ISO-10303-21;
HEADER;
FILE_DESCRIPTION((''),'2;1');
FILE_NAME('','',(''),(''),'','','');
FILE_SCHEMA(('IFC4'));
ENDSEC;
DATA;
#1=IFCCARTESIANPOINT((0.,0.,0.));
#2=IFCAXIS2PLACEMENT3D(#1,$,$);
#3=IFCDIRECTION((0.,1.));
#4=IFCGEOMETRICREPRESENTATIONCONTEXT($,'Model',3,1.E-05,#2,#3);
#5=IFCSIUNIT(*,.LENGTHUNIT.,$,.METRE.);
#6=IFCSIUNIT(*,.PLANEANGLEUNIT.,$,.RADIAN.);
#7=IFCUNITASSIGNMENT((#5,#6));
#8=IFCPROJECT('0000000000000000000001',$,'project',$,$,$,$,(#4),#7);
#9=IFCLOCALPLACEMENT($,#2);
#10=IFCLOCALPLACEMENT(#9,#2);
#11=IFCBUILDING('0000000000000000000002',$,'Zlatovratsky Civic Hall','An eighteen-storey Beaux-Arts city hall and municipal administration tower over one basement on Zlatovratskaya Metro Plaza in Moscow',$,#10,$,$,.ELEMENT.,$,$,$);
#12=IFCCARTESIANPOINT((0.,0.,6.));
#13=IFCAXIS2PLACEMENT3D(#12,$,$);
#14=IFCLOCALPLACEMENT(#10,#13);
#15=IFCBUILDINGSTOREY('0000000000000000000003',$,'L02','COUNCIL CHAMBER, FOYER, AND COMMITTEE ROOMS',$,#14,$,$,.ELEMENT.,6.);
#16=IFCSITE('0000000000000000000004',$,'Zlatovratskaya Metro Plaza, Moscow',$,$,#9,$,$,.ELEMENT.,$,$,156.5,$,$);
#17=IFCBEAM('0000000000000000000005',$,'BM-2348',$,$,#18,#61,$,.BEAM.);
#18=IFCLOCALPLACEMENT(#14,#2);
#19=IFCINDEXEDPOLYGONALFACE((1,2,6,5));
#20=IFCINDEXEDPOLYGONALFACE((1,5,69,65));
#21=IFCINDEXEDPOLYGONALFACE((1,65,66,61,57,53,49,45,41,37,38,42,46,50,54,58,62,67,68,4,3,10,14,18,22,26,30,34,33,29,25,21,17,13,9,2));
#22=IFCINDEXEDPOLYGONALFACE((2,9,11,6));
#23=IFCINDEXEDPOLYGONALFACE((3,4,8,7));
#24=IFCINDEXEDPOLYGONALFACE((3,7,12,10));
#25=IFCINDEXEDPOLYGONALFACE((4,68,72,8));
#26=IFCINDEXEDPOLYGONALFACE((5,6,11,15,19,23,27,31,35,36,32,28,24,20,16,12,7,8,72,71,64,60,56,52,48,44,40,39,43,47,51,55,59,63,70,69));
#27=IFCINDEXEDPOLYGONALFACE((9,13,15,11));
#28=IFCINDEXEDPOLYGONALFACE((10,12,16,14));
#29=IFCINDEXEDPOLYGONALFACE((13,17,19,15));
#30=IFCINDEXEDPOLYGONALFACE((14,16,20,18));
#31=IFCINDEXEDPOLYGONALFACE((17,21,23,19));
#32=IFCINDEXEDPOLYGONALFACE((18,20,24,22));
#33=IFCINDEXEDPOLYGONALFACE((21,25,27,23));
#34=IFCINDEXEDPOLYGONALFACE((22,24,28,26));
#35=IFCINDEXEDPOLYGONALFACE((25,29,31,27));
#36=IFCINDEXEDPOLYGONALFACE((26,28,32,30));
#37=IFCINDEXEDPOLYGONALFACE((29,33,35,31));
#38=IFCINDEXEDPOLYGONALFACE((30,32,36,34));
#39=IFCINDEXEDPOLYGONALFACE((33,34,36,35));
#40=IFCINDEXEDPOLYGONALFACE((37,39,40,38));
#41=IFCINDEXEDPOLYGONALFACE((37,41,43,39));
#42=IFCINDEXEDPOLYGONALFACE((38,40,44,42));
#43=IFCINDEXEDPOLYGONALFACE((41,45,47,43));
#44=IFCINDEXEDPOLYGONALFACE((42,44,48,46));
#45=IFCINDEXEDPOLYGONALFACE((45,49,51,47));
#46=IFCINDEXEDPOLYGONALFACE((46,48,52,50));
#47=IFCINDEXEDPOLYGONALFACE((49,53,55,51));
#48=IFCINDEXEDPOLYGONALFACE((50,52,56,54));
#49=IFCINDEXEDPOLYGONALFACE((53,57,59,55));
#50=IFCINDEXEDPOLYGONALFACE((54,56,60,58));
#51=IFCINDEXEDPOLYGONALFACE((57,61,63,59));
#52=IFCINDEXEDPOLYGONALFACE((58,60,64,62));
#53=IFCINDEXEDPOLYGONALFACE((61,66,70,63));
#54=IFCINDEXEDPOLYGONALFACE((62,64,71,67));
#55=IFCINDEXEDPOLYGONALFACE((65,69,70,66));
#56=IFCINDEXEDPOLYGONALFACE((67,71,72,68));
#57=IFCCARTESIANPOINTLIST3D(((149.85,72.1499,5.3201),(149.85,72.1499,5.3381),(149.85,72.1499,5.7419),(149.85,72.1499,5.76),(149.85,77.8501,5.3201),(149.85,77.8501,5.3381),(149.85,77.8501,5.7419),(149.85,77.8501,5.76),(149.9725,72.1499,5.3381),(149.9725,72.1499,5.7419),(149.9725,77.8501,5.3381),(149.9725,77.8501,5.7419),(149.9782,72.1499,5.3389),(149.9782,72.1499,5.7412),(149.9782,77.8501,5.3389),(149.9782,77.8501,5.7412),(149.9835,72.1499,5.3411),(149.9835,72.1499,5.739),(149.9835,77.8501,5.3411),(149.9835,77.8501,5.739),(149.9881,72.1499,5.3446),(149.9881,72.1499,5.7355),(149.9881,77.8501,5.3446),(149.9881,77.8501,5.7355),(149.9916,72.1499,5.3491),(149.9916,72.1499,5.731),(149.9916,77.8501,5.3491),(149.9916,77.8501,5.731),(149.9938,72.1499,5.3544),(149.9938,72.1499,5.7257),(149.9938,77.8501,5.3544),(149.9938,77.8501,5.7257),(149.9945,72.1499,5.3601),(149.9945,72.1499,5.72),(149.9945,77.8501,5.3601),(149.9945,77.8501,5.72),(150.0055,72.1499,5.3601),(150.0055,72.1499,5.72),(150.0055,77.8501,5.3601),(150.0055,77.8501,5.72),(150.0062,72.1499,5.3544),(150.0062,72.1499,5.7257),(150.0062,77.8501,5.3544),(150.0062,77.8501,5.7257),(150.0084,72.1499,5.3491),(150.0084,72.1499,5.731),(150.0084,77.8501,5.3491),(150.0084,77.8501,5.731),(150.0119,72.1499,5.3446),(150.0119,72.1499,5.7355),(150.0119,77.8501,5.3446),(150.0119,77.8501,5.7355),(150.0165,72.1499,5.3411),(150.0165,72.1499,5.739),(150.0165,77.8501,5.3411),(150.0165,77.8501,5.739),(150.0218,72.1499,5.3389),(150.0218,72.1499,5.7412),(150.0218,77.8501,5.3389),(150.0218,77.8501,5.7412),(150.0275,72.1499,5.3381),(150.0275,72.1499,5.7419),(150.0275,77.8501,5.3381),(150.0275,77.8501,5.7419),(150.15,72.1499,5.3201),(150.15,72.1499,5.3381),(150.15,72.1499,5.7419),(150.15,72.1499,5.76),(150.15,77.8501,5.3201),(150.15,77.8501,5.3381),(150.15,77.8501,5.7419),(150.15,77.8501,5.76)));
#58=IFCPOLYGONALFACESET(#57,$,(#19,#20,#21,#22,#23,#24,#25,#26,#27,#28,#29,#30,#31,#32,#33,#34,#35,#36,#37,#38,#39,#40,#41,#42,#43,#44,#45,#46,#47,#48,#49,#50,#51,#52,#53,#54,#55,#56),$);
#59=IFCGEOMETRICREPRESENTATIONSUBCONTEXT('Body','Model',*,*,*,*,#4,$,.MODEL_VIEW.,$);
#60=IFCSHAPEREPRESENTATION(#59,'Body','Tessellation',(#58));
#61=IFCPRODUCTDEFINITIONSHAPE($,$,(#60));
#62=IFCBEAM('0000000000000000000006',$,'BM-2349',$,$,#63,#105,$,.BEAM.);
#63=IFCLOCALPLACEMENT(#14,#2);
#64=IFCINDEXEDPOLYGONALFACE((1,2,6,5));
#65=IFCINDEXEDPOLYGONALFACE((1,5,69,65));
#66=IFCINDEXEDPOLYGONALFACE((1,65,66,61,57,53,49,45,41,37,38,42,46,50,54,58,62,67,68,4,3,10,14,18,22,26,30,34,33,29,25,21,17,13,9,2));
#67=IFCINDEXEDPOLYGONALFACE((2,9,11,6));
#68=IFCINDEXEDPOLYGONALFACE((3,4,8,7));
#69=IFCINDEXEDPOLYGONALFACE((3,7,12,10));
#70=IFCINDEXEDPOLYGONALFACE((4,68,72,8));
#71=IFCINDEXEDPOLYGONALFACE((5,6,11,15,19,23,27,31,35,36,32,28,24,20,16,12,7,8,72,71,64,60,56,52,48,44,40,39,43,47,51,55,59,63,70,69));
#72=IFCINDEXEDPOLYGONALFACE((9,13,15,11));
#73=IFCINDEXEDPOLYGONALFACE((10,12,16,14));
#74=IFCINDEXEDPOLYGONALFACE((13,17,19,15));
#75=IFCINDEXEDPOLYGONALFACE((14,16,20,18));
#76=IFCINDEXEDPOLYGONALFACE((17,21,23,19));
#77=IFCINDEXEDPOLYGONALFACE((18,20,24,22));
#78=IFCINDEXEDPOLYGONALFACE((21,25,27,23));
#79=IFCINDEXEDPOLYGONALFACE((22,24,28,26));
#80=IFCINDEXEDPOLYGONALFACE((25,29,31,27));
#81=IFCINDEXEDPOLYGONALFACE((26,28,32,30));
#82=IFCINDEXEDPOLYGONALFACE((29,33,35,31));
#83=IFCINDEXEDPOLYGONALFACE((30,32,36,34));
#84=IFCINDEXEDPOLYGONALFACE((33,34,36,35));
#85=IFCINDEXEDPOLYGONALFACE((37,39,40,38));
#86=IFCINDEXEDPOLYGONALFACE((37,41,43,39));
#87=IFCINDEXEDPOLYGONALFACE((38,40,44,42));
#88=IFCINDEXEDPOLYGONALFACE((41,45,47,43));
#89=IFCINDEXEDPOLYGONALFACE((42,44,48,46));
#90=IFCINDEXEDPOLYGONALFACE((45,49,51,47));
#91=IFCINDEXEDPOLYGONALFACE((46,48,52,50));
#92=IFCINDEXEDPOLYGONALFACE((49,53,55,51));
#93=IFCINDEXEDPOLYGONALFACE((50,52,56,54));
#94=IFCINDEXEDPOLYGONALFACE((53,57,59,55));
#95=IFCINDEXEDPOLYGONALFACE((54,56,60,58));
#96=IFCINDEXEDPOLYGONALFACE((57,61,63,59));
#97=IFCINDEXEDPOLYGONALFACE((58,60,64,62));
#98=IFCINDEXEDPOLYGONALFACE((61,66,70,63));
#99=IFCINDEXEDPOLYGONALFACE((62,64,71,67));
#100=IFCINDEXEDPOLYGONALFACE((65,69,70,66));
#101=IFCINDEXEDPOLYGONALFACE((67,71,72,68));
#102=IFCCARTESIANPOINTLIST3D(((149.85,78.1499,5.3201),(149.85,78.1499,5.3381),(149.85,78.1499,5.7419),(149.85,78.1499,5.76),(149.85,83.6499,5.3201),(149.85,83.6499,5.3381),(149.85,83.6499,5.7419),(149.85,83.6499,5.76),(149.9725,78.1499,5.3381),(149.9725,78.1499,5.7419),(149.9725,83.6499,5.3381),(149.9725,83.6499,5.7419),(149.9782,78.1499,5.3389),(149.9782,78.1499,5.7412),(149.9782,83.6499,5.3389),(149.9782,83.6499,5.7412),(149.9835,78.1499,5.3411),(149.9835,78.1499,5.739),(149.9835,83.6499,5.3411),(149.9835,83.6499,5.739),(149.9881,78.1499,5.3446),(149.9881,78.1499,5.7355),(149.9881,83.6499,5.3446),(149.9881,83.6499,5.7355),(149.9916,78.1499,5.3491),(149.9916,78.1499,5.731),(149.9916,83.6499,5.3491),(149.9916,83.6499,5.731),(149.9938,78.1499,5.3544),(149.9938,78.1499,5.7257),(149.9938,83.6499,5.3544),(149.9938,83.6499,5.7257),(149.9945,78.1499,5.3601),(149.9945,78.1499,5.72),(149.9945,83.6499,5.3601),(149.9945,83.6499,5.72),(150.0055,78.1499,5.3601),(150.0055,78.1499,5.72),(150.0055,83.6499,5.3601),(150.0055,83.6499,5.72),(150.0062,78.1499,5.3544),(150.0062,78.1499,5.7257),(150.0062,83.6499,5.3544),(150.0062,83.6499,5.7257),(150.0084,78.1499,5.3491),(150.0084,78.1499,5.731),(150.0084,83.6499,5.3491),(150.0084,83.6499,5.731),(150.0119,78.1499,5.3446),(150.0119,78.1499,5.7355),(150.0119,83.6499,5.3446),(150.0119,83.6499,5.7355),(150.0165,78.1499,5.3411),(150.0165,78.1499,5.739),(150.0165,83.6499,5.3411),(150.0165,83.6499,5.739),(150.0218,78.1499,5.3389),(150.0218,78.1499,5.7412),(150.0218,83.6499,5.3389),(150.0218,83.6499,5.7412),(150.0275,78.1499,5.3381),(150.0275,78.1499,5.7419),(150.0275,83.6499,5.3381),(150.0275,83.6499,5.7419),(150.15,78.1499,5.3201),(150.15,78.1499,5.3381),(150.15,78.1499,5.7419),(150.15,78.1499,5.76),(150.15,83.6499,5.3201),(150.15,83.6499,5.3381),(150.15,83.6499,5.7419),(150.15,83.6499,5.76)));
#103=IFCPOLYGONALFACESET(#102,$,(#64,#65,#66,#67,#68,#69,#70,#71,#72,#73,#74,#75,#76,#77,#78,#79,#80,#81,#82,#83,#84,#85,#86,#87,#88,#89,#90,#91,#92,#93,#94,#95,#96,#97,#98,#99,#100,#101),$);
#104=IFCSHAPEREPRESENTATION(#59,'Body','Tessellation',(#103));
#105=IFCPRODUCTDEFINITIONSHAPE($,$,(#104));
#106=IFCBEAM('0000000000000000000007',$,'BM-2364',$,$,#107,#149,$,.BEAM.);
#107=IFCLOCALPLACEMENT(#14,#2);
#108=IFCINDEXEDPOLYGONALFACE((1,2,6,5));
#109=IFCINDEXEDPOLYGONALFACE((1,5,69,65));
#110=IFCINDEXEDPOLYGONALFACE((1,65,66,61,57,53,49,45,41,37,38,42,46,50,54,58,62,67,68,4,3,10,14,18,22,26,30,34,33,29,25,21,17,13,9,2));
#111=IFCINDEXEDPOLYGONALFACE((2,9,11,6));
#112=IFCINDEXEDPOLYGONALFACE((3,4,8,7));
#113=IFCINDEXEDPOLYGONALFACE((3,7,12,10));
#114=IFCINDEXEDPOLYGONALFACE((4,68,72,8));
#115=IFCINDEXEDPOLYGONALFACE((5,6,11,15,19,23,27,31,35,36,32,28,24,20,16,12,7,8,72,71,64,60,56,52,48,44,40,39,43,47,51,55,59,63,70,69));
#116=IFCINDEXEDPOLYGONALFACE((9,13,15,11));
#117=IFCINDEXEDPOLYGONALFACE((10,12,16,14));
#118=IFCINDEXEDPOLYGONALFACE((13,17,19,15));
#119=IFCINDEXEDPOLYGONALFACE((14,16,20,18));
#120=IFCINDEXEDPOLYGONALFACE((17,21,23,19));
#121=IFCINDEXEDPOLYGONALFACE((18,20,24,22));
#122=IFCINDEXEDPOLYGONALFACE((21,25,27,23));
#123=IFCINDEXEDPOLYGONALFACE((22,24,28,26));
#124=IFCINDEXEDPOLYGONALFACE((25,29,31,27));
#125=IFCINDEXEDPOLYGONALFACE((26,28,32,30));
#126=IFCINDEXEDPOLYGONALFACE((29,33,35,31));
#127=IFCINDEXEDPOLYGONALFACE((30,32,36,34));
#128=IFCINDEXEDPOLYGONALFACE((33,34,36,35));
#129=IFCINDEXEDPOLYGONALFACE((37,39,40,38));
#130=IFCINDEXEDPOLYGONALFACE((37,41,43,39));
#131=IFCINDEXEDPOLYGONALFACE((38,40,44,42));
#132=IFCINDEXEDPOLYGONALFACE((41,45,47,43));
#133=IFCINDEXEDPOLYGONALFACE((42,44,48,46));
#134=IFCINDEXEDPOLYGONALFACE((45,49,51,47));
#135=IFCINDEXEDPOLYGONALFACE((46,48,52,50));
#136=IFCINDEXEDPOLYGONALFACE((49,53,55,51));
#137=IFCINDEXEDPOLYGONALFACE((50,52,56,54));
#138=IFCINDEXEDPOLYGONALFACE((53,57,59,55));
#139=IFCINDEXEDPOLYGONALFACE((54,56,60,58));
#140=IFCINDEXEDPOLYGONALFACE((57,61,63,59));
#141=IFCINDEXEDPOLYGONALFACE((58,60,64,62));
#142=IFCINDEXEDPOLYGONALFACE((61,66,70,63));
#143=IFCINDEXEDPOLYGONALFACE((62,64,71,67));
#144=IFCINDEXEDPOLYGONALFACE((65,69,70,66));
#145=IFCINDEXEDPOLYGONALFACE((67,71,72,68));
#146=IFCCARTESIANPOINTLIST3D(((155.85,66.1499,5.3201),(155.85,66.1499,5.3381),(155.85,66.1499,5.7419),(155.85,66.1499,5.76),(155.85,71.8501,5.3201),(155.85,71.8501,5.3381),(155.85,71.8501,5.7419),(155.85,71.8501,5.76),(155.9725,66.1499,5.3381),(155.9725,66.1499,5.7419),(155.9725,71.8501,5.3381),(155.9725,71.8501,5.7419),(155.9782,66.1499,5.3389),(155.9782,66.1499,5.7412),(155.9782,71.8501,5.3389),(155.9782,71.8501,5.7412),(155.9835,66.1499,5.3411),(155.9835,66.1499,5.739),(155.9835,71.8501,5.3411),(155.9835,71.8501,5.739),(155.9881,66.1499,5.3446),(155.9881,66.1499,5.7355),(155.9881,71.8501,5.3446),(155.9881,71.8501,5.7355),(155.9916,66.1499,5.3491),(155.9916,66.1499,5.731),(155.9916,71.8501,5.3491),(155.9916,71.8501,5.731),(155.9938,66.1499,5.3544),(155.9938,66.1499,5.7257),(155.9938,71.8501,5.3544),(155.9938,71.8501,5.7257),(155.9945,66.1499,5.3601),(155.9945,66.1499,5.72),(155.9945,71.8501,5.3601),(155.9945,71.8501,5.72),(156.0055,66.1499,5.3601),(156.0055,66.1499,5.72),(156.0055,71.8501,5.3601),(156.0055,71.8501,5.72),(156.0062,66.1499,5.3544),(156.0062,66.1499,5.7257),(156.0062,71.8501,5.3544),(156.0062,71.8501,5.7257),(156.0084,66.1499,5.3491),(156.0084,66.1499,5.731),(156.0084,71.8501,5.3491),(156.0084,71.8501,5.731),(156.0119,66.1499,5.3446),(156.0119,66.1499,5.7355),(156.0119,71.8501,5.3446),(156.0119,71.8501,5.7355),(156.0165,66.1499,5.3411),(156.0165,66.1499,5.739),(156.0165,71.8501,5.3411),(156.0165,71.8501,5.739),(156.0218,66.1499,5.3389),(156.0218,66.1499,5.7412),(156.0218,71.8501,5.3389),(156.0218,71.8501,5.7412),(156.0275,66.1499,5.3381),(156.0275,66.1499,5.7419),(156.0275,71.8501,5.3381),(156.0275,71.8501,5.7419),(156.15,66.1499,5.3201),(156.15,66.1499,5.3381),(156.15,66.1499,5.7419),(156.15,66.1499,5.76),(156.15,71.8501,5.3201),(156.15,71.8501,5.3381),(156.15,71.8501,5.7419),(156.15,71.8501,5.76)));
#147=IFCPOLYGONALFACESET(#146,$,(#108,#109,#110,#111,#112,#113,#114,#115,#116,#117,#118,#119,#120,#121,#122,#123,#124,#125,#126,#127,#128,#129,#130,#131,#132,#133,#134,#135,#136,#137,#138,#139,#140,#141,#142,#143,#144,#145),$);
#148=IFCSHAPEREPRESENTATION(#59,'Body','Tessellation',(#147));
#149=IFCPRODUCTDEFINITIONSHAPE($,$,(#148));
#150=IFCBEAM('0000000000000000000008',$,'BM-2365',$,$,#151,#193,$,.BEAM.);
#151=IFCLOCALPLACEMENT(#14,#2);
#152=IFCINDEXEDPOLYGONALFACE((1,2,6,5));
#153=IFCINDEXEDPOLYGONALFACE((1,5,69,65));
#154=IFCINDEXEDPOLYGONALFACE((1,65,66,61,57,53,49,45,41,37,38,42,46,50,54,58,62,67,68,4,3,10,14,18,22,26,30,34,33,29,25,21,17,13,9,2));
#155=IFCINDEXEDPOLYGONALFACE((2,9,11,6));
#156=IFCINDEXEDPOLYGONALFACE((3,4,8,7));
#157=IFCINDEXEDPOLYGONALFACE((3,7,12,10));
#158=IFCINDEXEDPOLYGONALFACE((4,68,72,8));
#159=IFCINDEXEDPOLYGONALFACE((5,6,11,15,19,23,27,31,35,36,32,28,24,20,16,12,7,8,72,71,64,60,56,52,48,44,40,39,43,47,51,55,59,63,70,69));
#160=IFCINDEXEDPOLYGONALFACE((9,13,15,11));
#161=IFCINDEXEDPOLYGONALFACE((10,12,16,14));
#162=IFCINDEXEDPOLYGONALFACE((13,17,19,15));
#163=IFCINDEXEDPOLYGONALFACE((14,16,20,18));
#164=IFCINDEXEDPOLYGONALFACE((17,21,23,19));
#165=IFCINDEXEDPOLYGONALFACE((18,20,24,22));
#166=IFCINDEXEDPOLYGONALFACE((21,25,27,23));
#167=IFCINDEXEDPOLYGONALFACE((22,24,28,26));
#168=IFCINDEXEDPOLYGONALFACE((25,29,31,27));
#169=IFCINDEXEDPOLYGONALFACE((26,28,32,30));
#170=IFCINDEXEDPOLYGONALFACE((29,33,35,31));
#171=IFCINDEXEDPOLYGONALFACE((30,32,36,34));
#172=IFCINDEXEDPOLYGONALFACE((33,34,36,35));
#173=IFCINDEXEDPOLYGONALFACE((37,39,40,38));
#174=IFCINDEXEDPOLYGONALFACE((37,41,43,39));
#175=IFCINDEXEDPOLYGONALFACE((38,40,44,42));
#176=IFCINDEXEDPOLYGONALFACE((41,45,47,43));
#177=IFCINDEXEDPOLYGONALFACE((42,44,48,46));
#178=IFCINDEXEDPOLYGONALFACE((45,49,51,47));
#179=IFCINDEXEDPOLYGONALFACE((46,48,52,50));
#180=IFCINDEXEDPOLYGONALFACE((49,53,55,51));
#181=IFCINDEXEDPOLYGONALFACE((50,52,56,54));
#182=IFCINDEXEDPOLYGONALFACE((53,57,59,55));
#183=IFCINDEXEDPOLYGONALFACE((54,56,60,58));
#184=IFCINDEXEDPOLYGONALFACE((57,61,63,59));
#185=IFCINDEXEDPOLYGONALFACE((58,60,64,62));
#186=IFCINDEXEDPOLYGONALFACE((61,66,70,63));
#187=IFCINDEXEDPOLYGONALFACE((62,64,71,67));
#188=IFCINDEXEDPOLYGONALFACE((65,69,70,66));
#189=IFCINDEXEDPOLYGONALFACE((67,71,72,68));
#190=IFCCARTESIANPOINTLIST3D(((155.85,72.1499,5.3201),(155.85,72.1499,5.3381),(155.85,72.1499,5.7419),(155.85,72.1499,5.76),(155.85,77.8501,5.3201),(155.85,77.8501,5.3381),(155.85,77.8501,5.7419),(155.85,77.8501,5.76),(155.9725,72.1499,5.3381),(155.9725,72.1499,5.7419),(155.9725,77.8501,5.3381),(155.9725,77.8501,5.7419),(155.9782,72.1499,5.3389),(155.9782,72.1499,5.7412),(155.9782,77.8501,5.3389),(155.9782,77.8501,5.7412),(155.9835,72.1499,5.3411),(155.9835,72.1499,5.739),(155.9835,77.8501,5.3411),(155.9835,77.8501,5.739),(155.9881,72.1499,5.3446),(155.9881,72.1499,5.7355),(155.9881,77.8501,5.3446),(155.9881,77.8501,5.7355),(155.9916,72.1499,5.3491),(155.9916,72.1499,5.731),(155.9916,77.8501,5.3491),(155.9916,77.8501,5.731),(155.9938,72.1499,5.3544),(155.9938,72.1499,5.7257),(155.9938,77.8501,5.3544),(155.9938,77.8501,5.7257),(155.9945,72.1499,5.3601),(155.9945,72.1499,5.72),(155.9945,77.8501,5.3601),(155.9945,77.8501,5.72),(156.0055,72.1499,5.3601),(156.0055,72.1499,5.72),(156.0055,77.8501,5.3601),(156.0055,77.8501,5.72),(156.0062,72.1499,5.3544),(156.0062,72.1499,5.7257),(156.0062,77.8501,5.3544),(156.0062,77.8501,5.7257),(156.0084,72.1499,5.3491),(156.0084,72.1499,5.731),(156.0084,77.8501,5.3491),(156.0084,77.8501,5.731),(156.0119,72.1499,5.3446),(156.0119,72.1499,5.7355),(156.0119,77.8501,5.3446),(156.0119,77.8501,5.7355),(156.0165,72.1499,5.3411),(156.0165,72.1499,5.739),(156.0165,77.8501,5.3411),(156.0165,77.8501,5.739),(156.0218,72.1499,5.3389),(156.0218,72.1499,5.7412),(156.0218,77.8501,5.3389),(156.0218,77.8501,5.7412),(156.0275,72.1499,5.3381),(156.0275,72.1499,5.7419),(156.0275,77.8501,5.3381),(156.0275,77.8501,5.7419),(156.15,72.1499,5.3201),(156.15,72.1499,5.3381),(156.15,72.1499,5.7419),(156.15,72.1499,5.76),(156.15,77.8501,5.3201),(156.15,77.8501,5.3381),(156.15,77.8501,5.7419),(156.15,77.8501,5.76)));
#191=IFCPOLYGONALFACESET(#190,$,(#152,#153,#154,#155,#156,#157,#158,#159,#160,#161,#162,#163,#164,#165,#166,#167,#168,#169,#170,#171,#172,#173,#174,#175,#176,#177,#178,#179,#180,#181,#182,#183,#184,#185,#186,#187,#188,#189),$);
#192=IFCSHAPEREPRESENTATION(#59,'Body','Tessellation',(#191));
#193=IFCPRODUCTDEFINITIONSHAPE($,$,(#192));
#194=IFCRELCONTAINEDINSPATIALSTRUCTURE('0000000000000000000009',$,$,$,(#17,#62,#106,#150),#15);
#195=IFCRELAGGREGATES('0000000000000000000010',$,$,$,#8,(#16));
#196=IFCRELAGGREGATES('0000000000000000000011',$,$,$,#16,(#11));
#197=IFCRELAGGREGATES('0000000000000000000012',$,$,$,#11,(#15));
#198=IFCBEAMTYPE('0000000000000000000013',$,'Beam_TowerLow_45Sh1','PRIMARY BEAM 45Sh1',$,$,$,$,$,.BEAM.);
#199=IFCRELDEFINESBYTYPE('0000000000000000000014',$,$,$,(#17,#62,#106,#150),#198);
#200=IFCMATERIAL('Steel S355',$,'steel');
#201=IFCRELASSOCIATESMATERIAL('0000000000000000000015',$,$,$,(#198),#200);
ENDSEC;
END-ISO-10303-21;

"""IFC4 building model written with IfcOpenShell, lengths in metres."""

from ifc_helpers import new_model, si_unit, direction, frame, origin, origin_2d, place, context, subcontext, project, spatial, i_section, extrude, material, material_profile, profile_set, type_object, element, save


model = new_model("IFC4")

# Units and contexts
model_context = context("Model", 3, precision=1e-05, world=origin(), true_north=direction((0.0, 1.0)))
body_context = subcontext(model_context, "Body", "Model", "MODEL_VIEW")
ifc_project = project(units=[si_unit("LENGTHUNIT", "METRE"), si_unit("PLANEANGLEUNIT", "RADIAN")], contexts=[model_context])

# Site, building, storey
site_placement = place(None, origin())
site = spatial("IfcSite", under=ifc_project, at=site_placement, Name="Zlatovratskaya Metro Plaza, Moscow", CompositionType="ELEMENT", RefElevation=156.5)
building_placement = place(site_placement, origin())
building = spatial("IfcBuilding", under=site, at=building_placement, Name="Zlatovratsky Civic Hall", Description="An eighteen-storey Beaux-Arts city hall and municipal administration tower over one basement on Zlatovratskaya Metro Plaza in Moscow", CompositionType="ELEMENT")
storey_placement = place(building_placement, frame((0.0, 0.0, 6.0)))
storey = spatial("IfcBuildingStorey", under=building, at=storey_placement, Name="L02", Description="COUNCIL CHAMBER, FOYER, AND COMMITTEE ROOMS", CompositionType="ELEMENT", Elevation=6.0)

# Shared definitions
ifc_material_1 = material(Name="Steel S355", Category="steel")

# Beams
ifc_material_profile_1 = material_profile(ifc_material_1, i_section(OverallWidth=0.3, OverallDepth=0.4399, WebThickness=0.011, FlangeThickness=0.0181, FilletRadius=0.022, at=origin_2d()), Name="45Sh1")
ifc_profile_set_1 = profile_set([ifc_material_profile_1], Name="Steel S355")
beam_type_1 = type_object("IfcBeamType", Name="Beam_TowerLow_45Sh1", Description="PRIMARY BEAM 45Sh1", PredefinedType="BEAM", material=ifc_profile_set_1)
for number, where, z_axis, x_axis, name in (
    (1, (150.0, 72.1499, 5.54), (0.0, 1.0, 0.0), (-1.0, 0.0, 0.0), "BM-2348"),
):
    element("IfcBeam", number, at=place(storey_placement, frame(where, z_axis=z_axis, x_axis=x_axis)), inside=storey, type_object=beam_type_1, Name=name, PredefinedType="BEAM", context=body_context, shape_type="SweptSolid", body=[
        extrude(i_section(OverallWidth=0.3, OverallDepth=0.4399, WebThickness=0.011, FlangeThickness=0.0181, FilletRadius=0.022, at=origin_2d()), origin(), (0.0, 0.0, 1.0), 5.7002),
    ])
beam_1_placement = place(storey_placement, frame((150.0, 78.1499, 5.54), z_axis=(0.0, 1.0, 0.0), x_axis=(-1.0, 0.0, 0.0)))
element("IfcBeam", 2, at=beam_1_placement, inside=storey, type_object=beam_type_1, Name="BM-2349", PredefinedType="BEAM", context=body_context, shape_type="SweptSolid", body=[
    extrude(i_section(OverallWidth=0.3, OverallDepth=0.4399, WebThickness=0.011, FlangeThickness=0.0181, FilletRadius=0.022, at=origin_2d()), origin(), (0.0, 0.0, 1.0), 5.5),
])
for number, where, z_axis, x_axis, name in (
    (3, (156.0, 66.1499, 5.54), (0.0, 1.0, 0.0), (-1.0, 0.0, 0.0), "BM-2364"),
    (4, (156.0, 72.1499, 5.54), (0.0, 1.0, 0.0), (-1.0, 0.0, 0.0), "BM-2365"),
):
    element("IfcBeam", number, at=place(storey_placement, frame(where, z_axis=z_axis, x_axis=x_axis)), inside=storey, type_object=beam_type_1, Name=name, PredefinedType="BEAM", context=body_context, shape_type="SweptSolid", body=[
        extrude(i_section(OverallWidth=0.3, OverallDepth=0.4399, WebThickness=0.011, FlangeThickness=0.0181, FilletRadius=0.022, at=origin_2d()), origin(), (0.0, 0.0, 1.0), 5.7002),
    ])

save(model, "model.ifc")
